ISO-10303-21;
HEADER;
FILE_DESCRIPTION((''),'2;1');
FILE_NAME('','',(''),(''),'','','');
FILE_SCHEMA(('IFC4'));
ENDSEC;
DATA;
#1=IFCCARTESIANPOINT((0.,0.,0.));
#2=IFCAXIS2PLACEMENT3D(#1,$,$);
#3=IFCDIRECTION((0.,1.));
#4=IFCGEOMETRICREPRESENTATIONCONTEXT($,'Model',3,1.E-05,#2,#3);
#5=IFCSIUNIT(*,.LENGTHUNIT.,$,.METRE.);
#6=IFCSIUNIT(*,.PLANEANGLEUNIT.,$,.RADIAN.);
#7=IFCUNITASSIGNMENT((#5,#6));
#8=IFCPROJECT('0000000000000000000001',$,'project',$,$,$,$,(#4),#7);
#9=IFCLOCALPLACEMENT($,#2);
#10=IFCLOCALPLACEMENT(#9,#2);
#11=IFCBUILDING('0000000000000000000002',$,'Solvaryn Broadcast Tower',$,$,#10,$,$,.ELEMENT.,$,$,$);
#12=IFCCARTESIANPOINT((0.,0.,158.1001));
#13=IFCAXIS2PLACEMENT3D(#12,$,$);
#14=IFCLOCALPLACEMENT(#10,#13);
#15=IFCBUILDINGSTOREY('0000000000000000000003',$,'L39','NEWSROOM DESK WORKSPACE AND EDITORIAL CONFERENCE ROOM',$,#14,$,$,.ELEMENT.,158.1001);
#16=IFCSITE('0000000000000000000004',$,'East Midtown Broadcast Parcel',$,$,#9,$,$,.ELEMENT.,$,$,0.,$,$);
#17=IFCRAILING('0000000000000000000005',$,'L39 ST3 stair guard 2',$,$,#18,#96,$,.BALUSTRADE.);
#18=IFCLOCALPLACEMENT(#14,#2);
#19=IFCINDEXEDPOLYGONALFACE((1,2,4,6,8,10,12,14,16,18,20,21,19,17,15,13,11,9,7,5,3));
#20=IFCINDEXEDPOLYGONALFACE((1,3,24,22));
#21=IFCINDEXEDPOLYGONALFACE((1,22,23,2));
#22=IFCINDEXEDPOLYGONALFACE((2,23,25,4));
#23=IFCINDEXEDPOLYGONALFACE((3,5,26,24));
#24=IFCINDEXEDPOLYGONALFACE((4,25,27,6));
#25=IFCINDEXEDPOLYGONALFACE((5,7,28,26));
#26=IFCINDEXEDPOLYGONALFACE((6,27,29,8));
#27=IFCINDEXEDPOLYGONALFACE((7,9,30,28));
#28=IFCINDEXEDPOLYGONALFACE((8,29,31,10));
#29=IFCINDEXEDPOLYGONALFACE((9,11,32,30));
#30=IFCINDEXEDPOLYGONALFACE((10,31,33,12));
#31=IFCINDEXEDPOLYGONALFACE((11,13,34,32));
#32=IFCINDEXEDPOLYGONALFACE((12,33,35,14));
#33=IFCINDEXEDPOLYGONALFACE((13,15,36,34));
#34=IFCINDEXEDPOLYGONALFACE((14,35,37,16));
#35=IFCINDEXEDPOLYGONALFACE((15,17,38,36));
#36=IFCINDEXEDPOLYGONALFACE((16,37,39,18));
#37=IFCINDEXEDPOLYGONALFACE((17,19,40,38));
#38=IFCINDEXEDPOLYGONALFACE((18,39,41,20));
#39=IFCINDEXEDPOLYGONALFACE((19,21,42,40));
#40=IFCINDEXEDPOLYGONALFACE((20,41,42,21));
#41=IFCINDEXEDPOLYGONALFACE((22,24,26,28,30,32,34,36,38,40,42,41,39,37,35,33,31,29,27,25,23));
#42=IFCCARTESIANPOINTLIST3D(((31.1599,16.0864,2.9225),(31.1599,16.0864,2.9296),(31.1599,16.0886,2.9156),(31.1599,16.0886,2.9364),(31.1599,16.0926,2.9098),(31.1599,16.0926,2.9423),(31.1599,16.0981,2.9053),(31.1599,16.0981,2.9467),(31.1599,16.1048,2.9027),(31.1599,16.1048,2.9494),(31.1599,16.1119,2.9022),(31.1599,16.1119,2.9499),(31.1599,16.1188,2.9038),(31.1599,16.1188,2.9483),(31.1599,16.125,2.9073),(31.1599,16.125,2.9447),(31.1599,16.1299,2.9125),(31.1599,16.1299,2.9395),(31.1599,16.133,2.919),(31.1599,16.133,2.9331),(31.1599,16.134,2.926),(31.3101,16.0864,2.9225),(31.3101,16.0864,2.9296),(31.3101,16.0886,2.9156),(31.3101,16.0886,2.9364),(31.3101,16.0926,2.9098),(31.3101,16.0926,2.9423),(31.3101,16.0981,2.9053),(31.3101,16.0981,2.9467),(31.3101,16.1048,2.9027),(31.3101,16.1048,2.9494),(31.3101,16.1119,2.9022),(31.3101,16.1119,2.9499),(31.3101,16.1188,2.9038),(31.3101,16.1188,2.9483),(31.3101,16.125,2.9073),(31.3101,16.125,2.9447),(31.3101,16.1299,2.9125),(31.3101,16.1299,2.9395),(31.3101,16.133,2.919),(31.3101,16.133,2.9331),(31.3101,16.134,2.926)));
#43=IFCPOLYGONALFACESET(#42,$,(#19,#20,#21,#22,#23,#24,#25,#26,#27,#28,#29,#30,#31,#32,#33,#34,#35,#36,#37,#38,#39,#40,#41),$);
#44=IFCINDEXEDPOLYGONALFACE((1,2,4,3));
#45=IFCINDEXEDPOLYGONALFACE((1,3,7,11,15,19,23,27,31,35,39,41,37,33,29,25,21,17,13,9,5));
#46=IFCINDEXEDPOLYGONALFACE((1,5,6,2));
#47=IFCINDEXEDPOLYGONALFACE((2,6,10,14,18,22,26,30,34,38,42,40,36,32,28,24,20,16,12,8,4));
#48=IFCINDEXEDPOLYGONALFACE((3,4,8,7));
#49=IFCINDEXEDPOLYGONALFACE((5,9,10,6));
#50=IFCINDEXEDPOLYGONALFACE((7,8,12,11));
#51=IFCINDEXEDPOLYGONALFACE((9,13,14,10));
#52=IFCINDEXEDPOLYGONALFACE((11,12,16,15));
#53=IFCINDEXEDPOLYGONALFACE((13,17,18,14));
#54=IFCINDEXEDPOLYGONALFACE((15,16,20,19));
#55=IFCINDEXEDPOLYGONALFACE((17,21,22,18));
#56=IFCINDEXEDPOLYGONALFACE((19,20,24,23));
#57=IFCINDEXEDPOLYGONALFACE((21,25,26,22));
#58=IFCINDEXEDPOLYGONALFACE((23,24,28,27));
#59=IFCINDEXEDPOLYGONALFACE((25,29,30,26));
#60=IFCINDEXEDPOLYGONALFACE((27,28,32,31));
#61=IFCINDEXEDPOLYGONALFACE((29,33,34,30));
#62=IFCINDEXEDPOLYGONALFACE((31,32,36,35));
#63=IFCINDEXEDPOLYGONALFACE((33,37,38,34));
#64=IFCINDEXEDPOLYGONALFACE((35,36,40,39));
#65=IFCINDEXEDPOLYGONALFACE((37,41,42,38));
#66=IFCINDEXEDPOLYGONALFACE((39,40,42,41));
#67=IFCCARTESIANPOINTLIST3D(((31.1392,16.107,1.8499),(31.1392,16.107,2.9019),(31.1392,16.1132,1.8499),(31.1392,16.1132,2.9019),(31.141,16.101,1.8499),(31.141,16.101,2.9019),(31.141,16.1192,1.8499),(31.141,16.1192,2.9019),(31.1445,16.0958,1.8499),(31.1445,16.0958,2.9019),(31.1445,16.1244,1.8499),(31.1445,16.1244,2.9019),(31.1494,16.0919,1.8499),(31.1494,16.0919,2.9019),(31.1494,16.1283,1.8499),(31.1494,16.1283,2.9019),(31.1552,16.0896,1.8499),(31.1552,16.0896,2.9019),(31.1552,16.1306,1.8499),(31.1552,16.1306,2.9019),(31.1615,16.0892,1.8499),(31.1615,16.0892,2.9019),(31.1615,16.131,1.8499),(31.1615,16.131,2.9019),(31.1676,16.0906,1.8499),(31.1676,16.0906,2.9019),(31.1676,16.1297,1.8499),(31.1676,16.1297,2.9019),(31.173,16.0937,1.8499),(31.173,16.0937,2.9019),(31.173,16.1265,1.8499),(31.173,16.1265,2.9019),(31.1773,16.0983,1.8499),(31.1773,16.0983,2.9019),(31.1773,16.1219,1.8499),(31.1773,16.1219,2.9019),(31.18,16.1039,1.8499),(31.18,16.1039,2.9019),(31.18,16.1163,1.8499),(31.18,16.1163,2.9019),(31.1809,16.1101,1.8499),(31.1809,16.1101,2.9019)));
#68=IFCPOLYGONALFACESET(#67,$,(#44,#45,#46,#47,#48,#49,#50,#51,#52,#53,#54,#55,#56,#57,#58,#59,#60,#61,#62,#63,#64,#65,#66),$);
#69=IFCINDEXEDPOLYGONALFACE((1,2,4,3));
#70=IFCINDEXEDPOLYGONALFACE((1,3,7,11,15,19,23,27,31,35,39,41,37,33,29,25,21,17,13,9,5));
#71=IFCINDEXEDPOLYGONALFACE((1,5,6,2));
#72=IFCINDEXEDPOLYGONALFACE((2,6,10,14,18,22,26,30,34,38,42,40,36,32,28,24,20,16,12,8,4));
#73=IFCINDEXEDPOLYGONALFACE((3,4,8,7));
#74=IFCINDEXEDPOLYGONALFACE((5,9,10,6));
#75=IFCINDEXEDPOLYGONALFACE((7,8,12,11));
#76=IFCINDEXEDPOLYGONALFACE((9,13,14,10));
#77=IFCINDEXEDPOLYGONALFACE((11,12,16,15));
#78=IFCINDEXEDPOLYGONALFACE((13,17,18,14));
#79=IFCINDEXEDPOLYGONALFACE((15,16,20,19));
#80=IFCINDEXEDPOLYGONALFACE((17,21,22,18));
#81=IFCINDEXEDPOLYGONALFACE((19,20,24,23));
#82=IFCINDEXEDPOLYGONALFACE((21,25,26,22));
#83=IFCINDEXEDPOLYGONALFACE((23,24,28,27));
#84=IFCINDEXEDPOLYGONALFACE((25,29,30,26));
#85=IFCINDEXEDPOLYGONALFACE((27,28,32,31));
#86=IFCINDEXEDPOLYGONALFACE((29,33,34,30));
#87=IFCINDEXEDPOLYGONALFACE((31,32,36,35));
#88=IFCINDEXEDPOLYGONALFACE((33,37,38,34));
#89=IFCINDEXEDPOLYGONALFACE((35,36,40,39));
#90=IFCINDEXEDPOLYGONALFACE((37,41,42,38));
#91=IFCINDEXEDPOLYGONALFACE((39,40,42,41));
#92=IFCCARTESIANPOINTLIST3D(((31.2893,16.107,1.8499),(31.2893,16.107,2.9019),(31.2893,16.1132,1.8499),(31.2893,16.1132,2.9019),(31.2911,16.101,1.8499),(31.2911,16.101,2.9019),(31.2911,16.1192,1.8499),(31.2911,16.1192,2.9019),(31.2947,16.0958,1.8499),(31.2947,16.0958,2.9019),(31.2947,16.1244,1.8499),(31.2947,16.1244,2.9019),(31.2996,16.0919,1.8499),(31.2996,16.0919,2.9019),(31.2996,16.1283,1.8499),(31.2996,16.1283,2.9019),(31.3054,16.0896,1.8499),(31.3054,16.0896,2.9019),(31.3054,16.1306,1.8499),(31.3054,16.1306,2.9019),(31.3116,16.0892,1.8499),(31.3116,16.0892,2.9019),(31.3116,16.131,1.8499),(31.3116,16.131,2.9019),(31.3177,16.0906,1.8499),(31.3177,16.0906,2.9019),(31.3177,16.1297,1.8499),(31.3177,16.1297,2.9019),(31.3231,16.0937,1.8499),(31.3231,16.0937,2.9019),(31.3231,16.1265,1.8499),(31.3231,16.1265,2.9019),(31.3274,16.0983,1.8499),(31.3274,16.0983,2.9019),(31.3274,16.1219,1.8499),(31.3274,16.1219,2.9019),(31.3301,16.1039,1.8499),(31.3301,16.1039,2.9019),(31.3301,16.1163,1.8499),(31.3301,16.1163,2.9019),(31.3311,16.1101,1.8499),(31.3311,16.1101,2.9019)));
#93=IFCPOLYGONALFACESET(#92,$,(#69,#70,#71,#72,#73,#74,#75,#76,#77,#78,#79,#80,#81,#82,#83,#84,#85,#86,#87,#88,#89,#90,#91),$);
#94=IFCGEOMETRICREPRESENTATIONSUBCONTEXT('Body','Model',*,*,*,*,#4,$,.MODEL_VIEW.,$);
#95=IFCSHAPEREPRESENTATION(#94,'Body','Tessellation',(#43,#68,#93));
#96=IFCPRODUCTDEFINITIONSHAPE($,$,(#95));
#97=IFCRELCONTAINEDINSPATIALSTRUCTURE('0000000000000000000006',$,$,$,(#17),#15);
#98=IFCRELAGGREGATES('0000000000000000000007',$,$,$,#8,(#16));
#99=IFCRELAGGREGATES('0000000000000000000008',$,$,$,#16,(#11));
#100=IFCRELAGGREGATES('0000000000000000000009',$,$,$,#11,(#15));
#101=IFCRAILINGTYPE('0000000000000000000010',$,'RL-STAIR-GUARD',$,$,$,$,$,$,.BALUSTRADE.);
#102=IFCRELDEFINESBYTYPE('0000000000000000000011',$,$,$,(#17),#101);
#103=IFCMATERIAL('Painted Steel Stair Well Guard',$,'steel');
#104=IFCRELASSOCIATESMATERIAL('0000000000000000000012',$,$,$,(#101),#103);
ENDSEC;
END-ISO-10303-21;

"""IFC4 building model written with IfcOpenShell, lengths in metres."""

from ifc_helpers import new_model, si_unit, direction, frame, origin, origin_2d, place, context, subcontext, project, spatial, circle, extrude, material, type_object, element, save


model = new_model("IFC4")

# Units and contexts
model_context = context("Model", 3, precision=1e-05, world=origin(), true_north=direction((0.0, 1.0)))
body_context = subcontext(model_context, "Body", "Model", "MODEL_VIEW")
ifc_project = project(units=[si_unit("LENGTHUNIT", "METRE"), si_unit("PLANEANGLEUNIT", "RADIAN")], contexts=[model_context])

# Site, building, storey
site_placement = place(None, origin())
site = spatial("IfcSite", under=ifc_project, at=site_placement, Name="East Midtown Broadcast Parcel", CompositionType="ELEMENT", RefElevation=0.0)
building_placement = place(site_placement, origin())
building = spatial("IfcBuilding", under=site, at=building_placement, Name="Solvaryn Broadcast Tower", CompositionType="ELEMENT")
storey_placement = place(building_placement, frame((0.0, 0.0, 158.1001)))
storey = spatial("IfcBuildingStorey", under=building, at=storey_placement, Name="L39", Description="NEWSROOM DESK WORKSPACE AND EDITORIAL CONFERENCE ROOM", CompositionType="ELEMENT", Elevation=158.1001)

# Railing
ifc_material_1 = material(Name="Painted Steel Stair Well Guard", Category="steel")
railing_type_1 = type_object("IfcRailingType", Name="RL-STAIR-GUARD", PredefinedType="BALUSTRADE", material=ifc_material_1)
railing_1_placement = place(storey_placement, frame((31.1599, 16.1101, 1.8499)))
element("IfcRailing", 1, at=railing_1_placement, inside=storey, type_object=railing_type_1, Name="L39 ST3 stair guard 2", PredefinedType="BALUSTRADE", context=body_context, shape_type="SweptSolid", body=[
    extrude(circle(Radius=0.0239, at=origin_2d()), frame((0.0, 0.0, 1.0762), z_axis=(1.0, 0.0, 0.0), x_axis=(0.0, 1.0, 0.0)), (0.0, 0.0, 1.0), 0.1501),
    extrude(circle(Radius=0.021, at=origin_2d()), origin(), (0.0, 0.0, 1.0), 1.052),
    extrude(circle(Radius=0.021, at=origin_2d()), frame((0.1501, 0.0, 0.0)), (0.0, 0.0, 1.0), 1.052),
])

save(model, "model.ifc")
